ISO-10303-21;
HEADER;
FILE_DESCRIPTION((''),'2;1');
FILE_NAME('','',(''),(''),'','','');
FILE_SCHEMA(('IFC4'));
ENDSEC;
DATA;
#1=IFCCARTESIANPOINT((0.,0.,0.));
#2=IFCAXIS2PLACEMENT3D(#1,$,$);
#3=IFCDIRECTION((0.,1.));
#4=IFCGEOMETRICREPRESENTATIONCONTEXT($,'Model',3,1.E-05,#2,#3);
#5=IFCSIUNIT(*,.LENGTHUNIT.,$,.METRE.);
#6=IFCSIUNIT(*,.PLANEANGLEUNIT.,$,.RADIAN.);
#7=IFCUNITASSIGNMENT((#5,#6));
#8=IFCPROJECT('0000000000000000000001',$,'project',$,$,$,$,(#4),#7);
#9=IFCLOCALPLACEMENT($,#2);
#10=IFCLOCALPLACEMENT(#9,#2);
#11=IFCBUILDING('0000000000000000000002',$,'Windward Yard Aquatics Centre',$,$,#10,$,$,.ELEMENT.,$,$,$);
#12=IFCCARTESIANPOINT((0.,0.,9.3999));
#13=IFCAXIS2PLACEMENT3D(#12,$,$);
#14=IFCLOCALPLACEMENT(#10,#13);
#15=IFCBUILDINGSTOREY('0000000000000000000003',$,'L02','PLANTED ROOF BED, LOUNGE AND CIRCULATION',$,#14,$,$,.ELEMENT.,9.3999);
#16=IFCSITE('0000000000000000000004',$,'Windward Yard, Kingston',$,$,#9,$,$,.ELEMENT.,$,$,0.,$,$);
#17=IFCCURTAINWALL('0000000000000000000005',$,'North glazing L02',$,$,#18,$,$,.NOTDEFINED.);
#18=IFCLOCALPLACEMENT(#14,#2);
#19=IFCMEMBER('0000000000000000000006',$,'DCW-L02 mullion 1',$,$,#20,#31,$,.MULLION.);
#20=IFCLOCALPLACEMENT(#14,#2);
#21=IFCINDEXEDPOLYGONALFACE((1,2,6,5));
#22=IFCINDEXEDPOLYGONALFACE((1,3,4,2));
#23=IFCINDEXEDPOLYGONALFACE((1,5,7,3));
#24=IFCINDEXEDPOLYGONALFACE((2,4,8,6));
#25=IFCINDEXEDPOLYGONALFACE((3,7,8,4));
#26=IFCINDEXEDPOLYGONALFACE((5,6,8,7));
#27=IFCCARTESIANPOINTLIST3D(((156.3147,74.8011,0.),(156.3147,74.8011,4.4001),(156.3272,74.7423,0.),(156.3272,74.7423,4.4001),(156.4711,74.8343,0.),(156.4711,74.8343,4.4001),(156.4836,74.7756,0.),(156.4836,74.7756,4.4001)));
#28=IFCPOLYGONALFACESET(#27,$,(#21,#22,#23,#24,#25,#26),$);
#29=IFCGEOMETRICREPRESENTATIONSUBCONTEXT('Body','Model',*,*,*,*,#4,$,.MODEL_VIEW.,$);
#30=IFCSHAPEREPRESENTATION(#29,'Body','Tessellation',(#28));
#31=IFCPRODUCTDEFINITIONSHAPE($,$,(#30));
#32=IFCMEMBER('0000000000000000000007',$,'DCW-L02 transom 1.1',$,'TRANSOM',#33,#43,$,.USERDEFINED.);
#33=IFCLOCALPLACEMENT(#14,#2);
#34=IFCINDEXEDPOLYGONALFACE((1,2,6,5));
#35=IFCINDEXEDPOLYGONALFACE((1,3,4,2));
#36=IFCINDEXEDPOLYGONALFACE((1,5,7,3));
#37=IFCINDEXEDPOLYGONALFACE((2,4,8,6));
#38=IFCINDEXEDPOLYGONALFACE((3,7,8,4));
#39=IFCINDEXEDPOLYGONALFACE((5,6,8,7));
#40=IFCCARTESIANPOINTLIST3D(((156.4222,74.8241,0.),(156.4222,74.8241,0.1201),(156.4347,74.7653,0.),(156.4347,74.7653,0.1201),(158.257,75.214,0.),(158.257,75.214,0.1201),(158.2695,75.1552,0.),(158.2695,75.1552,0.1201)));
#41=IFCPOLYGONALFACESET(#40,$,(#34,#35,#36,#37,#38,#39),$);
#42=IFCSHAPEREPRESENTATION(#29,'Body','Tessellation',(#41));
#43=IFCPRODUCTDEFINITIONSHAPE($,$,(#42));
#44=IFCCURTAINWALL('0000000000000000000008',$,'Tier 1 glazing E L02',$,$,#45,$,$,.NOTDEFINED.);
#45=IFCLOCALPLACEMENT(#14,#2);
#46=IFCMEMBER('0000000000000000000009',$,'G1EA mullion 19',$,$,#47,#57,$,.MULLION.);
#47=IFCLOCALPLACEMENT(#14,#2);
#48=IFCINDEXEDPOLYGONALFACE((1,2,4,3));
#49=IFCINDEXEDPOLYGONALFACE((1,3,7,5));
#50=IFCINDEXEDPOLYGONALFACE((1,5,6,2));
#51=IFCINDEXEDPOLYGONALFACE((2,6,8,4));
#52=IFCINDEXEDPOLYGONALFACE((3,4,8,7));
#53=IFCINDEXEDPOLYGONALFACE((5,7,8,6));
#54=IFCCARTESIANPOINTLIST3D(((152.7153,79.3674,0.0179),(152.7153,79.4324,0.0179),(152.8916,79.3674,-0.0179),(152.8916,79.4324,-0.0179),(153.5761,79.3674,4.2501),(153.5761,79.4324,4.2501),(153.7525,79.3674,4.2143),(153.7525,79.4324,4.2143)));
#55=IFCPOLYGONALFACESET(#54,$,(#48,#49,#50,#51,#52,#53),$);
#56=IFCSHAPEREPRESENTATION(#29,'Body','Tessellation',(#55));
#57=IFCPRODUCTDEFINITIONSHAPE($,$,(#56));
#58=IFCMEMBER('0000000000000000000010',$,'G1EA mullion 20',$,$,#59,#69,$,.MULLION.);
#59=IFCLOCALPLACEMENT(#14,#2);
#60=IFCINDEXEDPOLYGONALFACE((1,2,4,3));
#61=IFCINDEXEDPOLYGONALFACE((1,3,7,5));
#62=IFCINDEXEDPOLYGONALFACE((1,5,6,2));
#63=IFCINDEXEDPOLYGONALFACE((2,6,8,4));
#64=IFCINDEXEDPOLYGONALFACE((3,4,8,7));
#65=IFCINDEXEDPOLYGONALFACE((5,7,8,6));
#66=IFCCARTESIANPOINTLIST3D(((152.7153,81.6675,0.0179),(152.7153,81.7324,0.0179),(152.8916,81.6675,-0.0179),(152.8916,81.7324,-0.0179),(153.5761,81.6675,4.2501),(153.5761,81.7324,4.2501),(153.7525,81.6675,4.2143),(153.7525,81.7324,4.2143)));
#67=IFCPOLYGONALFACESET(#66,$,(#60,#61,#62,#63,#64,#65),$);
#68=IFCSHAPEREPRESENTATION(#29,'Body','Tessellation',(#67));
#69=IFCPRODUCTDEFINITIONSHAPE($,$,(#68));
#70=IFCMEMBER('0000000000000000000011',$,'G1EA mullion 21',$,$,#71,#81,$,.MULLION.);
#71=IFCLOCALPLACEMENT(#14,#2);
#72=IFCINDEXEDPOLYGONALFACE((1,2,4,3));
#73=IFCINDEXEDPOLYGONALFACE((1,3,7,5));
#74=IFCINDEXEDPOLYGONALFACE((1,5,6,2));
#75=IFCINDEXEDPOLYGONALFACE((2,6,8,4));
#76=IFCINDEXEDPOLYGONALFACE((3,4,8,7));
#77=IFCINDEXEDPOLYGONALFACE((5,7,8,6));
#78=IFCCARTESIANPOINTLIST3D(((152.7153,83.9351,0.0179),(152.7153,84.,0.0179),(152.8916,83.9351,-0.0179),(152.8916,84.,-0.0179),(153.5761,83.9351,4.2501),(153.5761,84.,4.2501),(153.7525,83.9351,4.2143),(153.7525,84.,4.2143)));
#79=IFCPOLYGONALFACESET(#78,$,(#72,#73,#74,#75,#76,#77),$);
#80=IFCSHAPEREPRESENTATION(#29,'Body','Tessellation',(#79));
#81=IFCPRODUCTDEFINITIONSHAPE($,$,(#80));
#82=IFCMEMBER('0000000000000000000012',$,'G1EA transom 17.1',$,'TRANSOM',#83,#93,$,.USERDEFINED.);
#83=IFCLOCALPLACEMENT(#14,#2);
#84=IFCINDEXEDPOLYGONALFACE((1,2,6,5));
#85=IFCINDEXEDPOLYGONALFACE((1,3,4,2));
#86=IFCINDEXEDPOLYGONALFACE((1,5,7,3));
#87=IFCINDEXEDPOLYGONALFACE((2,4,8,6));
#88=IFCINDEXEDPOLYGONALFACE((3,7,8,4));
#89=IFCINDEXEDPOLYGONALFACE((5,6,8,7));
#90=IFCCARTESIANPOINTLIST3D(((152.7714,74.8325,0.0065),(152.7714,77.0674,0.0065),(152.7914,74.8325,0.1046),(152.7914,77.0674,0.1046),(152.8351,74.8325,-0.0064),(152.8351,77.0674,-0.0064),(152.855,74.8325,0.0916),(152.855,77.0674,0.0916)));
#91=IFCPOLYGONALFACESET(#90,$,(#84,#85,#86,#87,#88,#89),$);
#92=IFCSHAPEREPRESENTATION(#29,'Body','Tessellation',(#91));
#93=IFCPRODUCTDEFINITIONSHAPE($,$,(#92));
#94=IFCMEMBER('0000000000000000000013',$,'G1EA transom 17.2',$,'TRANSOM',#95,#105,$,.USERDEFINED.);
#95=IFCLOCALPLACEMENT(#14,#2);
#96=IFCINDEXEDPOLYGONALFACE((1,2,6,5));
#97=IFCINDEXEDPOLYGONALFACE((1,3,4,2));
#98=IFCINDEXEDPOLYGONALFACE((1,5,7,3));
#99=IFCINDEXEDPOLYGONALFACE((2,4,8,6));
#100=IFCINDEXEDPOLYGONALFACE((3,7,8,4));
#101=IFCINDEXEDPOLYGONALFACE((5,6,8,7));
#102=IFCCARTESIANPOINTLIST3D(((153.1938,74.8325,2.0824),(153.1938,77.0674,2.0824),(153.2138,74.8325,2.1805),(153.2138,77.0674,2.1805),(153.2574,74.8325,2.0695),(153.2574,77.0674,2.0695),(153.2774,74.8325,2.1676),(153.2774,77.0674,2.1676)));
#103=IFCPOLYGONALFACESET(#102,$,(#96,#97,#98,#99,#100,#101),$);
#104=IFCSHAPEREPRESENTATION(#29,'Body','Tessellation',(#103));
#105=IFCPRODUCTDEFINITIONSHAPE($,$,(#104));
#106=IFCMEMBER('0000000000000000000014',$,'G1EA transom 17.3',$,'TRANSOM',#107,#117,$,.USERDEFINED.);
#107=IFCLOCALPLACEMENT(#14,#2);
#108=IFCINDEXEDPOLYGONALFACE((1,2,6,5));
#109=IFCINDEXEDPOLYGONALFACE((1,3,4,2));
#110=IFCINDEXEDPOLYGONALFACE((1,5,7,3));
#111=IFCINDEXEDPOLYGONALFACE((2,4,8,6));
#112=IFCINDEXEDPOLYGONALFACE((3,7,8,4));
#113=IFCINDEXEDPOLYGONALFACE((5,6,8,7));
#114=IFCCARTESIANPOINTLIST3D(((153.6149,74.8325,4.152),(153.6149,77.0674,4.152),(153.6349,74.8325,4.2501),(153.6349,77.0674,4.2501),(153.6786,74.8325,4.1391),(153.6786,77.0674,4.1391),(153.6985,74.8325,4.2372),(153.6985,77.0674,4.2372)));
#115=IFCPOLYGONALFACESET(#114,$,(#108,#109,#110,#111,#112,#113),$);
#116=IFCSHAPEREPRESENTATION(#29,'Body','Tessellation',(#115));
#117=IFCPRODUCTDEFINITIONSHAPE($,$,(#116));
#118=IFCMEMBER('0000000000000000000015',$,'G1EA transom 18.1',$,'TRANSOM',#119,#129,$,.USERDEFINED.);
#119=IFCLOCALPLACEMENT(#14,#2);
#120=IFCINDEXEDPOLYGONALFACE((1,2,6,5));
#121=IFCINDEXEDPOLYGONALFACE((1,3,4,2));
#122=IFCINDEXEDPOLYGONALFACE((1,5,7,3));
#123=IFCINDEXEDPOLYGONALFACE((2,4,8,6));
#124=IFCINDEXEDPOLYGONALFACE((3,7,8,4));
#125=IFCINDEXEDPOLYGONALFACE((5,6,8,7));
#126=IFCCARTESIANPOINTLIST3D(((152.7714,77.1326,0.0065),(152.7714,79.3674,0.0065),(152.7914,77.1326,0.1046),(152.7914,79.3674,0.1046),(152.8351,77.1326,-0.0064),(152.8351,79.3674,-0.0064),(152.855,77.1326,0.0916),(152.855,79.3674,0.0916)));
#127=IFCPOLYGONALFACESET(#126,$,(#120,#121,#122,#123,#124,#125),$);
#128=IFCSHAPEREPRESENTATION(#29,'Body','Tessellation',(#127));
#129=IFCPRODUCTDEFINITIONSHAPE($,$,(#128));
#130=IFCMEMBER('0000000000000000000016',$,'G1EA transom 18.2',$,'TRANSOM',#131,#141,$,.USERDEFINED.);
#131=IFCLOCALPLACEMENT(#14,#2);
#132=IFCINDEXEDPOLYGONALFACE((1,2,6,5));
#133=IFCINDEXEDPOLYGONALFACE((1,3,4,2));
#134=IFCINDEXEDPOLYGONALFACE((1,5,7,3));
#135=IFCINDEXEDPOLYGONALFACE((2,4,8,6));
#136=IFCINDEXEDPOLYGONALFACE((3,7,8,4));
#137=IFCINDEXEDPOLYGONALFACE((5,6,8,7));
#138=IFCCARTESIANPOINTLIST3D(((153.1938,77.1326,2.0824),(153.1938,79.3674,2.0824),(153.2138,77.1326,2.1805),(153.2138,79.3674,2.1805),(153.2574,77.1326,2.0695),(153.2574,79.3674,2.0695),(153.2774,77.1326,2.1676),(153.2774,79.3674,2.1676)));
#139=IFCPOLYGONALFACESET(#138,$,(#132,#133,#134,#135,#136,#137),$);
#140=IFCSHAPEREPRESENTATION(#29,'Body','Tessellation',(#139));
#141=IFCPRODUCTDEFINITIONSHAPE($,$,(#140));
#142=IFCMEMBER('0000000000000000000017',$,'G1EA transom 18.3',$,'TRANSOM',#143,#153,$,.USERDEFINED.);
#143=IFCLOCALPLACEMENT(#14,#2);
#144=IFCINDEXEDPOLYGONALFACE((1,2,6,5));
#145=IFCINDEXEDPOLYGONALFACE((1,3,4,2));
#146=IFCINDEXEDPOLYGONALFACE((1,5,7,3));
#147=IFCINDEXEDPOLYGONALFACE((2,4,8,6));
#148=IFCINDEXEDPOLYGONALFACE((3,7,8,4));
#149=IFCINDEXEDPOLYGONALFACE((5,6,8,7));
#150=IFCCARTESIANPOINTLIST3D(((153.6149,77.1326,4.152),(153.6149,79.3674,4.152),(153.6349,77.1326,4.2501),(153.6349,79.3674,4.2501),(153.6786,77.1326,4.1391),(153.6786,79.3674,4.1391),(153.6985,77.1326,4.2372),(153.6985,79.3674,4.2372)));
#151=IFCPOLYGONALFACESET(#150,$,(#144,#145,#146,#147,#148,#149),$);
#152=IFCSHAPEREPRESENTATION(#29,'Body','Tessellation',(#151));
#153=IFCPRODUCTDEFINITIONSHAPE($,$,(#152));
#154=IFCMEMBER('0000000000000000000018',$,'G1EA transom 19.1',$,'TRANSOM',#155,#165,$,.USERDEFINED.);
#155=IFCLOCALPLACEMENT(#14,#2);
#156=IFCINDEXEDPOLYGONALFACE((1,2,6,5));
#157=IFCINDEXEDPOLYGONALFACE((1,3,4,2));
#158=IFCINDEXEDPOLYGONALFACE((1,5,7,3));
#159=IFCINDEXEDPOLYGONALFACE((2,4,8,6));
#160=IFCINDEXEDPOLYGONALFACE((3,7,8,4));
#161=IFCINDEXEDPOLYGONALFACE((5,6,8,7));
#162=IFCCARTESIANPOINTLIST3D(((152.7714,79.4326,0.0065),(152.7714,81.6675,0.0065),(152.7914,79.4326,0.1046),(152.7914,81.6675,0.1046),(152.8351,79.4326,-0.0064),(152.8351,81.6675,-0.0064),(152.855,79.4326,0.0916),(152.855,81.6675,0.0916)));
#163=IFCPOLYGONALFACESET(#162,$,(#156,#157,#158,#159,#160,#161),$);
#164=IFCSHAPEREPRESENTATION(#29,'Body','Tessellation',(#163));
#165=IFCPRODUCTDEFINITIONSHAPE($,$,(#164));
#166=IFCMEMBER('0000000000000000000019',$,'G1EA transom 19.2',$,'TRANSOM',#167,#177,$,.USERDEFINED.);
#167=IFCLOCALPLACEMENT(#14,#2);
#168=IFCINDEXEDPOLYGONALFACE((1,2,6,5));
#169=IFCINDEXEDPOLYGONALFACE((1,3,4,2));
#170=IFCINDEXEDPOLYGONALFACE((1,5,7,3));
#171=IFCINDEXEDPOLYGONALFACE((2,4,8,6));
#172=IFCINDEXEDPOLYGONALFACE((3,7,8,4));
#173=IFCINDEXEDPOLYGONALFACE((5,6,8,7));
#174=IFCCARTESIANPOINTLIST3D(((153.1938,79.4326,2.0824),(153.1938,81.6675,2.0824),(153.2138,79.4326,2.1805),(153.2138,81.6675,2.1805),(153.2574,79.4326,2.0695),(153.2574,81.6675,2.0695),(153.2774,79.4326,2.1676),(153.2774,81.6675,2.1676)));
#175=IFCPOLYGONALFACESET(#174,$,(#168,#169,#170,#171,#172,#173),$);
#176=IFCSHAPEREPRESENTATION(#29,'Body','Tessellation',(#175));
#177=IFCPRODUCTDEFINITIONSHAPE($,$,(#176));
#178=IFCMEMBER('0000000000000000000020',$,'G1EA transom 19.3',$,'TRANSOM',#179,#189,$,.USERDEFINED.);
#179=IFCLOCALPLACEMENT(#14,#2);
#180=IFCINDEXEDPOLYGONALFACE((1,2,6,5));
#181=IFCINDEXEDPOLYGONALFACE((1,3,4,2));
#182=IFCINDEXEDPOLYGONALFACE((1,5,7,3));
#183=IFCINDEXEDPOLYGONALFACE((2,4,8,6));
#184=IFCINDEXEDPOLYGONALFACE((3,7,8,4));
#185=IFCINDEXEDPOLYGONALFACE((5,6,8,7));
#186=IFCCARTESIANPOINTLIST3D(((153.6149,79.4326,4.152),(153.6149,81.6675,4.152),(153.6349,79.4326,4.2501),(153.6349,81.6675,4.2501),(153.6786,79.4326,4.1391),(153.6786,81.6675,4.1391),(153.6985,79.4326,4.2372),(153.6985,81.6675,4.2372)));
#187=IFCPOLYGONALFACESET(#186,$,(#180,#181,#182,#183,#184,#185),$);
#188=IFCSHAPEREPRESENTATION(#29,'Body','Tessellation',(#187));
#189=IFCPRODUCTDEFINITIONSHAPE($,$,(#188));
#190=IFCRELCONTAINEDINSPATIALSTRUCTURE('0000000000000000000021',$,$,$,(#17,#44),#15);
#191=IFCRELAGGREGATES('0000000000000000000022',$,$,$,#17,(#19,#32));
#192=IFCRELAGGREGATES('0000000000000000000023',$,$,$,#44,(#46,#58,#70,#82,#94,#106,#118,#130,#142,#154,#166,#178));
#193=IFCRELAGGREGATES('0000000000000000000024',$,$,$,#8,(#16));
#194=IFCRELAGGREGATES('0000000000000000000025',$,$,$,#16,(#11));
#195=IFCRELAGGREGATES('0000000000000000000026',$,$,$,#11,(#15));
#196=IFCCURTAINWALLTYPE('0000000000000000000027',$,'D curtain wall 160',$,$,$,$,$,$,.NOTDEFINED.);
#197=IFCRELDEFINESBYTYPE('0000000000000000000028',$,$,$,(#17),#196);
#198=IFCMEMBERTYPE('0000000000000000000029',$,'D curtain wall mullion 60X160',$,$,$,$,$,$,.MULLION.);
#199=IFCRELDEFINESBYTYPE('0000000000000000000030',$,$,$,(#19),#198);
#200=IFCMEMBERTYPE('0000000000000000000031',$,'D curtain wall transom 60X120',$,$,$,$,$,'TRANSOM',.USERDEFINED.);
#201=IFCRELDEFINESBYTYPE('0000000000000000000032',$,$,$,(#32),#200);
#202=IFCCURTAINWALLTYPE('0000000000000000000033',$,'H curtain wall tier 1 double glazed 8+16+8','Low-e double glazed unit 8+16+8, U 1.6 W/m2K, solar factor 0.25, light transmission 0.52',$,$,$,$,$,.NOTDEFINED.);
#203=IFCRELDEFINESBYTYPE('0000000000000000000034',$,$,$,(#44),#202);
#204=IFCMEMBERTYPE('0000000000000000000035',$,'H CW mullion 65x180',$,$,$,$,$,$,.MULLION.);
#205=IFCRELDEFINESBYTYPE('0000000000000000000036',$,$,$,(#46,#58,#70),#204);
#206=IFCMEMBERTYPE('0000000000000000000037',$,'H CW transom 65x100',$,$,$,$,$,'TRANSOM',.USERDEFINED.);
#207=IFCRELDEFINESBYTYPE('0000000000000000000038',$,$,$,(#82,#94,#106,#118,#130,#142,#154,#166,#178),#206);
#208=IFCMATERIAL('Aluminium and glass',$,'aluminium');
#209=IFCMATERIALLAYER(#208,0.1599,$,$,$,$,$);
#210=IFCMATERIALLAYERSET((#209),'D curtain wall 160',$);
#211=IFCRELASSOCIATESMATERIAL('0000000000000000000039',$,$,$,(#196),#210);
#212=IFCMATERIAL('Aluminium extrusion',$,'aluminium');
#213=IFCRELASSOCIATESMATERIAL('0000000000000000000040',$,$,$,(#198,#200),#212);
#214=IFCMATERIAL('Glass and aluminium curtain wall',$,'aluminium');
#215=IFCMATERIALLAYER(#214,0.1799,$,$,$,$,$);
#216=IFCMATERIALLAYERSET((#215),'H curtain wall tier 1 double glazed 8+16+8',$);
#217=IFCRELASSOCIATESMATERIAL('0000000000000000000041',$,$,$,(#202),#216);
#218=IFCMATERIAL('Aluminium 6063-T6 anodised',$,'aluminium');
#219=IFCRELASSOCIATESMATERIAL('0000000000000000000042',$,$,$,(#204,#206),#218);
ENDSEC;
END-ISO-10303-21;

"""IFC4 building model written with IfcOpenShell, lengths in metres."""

from ifc_helpers import new_model, si_unit, direction, frame, origin, origin_2d, place, context, subcontext, project, spatial, rectangle, extrude, material, layer, layer_set, material_profile, profile_set, type_object, element, aggregate, save


model = new_model("IFC4")

# Units and contexts
model_context = context("Model", 3, precision=1e-05, world=origin(), true_north=direction((0.0, 1.0)))
body_context = subcontext(model_context, "Body", "Model", "MODEL_VIEW")
ifc_project = project(units=[si_unit("LENGTHUNIT", "METRE"), si_unit("PLANEANGLEUNIT", "RADIAN")], contexts=[model_context])

# Site, building, storey
site_placement = place(None, origin())
site = spatial("IfcSite", under=ifc_project, at=site_placement, Name="Windward Yard, Kingston", CompositionType="ELEMENT", RefElevation=0.0)
building_placement = place(site_placement, origin())
building = spatial("IfcBuilding", under=site, at=building_placement, Name="Windward Yard Aquatics Centre", CompositionType="ELEMENT")
storey_placement = place(building_placement, frame((0.0, 0.0, 9.3999)))
storey = spatial("IfcBuildingStorey", under=building, at=storey_placement, Name="L02", Description="PLANTED ROOF BED, LOUNGE AND CIRCULATION", CompositionType="ELEMENT", Elevation=9.3999)

# Curtain wall, members
ifc_material_1 = material(Name="Aluminium and glass", Category="aluminium")
ifc_layer_1 = layer(ifc_material_1, 0.1599)
ifc_layer_set_1 = layer_set([ifc_layer_1], Name="D curtain wall 160")
curtain_wall_type_1 = type_object("IfcCurtainWallType", Name="D curtain wall 160", PredefinedType="NOTDEFINED", material=ifc_layer_set_1)
curtain_wall_1_placement = place(storey_placement, origin())
curtain_wall_1 = element("IfcCurtainWall", 1, at=curtain_wall_1_placement, inside=storey, type_object=curtain_wall_type_1, Name="North glazing L02", PredefinedType="NOTDEFINED")
ifc_material_2 = material(Name="Aluminium extrusion", Category="aluminium")
ifc_material_profile_1 = material_profile(ifc_material_2, rectangle(XDim=0.0601, YDim=0.1599, at=origin_2d()), Name="MULLION 60X160")
ifc_profile_set_1 = profile_set([ifc_material_profile_1], Name="Aluminium extrusion")
member_type_1 = type_object("IfcMemberType", Name="D curtain wall mullion 60X160", PredefinedType="MULLION", material=ifc_profile_set_1)
member_1_placement = place(storey_placement, frame((156.3992, 74.7883, 0.0), z_axis=(0.0, 0.0, 1.0), x_axis=(-0.207912, 0.978148, 0.0)))
member_1 = element("IfcMember", 2, at=member_1_placement, type_object=member_type_1, Name="DCW-L02 mullion 1", PredefinedType="MULLION", context=body_context, shape_type="SweptSolid", body=[
    extrude(rectangle(XDim=0.0601, YDim=0.1599, at=origin_2d()), origin(), (0.0, 0.0, 1.0), 4.4001),
])
ifc_material_profile_2 = material_profile(ifc_material_2, rectangle(XDim=0.0601, YDim=0.1201, at=origin_2d()), Name="TRANSOM 60X120")
ifc_profile_set_2 = profile_set([ifc_material_profile_2], Name="Aluminium extrusion")
member_type_2 = type_object("IfcMemberType", Name="D curtain wall transom 60X120", ElementType="TRANSOM", PredefinedType="USERDEFINED", material=ifc_profile_set_2)
member_2_placement = place(storey_placement, frame((156.4285, 74.7947, 0.0601), z_axis=(0.978157, 0.207867, 0.0), x_axis=(-0.207867, 0.978157, 0.0)))
member_2 = element("IfcMember", 3, at=member_2_placement, type_object=member_type_2, Name="DCW-L02 transom 1.1", ObjectType="TRANSOM", PredefinedType="USERDEFINED", context=body_context, shape_type="SweptSolid", body=[
    extrude(rectangle(XDim=0.0601, YDim=0.1201, at=origin_2d()), origin(), (0.0, 0.0, 1.0), 1.8757),
])
aggregate(curtain_wall_1, [member_1, member_2])

# Curtain wall, members
ifc_material_3 = material(Name="Glass and aluminium curtain wall", Category="aluminium")
ifc_layer_2 = layer(ifc_material_3, 0.1799)
ifc_layer_set_2 = layer_set([ifc_layer_2], Name="H curtain wall tier 1 double glazed 8+16+8")
curtain_wall_type_2 = type_object("IfcCurtainWallType", Name="H curtain wall tier 1 double glazed 8+16+8", Description="Low-e double glazed unit 8+16+8, U 1.6 W/m2K, solar factor 0.25, light transmission 0.52", PredefinedType="NOTDEFINED", material=ifc_layer_set_2)
curtain_wall_2_placement = place(storey_placement, origin())
curtain_wall_2 = element("IfcCurtainWall", 4, at=curtain_wall_2_placement, inside=storey, type_object=curtain_wall_type_2, Name="Tier 1 glazing E L02", PredefinedType="NOTDEFINED")
ifc_material_4 = material(Name="Aluminium 6063-T6 anodised", Category="aluminium")
ifc_material_profile_3 = material_profile(ifc_material_4, rectangle(XDim=0.0649, YDim=0.1799, at=origin_2d()), Name="H CW mullion 65x180")
ifc_profile_set_3 = profile_set([ifc_material_profile_3], Name="Aluminium 6063-T6 anodised")
member_type_3 = type_object("IfcMemberType", Name="H CW mullion 65x180", PredefinedType="MULLION", material=ifc_profile_set_3)
member_3_placement = place(storey_placement, frame((152.8035, 79.3999, 0.0), z_axis=(0.199322, 0.0, 0.979934), x_axis=(0.0, 1.0, 0.0)))
member_3 = element("IfcMember", 5, at=member_3_placement, type_object=member_type_3, Name="G1EA mullion 19", PredefinedType="MULLION", context=body_context, shape_type="SweptSolid", body=[
    extrude(rectangle(XDim=0.0649, YDim=0.1799, at=origin_2d()), origin(), (0.0, 0.0, 1.0), 4.3188),
])
member_4_placement = place(storey_placement, frame((152.8035, 81.7, 0.0), z_axis=(0.199322, 0.0, 0.979934), x_axis=(0.0, 1.0, 0.0)))
member_4 = element("IfcMember", 6, at=member_4_placement, type_object=member_type_3, Name="G1EA mullion 20", PredefinedType="MULLION", context=body_context, shape_type="SweptSolid", body=[
    extrude(rectangle(XDim=0.0649, YDim=0.1799, at=origin_2d()), origin(), (0.0, 0.0, 1.0), 4.3188),
])
member_5_placement = place(storey_placement, frame((152.8035, 83.9675, 0.0), z_axis=(0.199322, 0.0, 0.979934), x_axis=(0.0, 1.0, 0.0)))
member_5 = element("IfcMember", 7, at=member_5_placement, type_object=member_type_3, Name="G1EA mullion 21", PredefinedType="MULLION", context=body_context, shape_type="SweptSolid", body=[
    extrude(rectangle(XDim=0.0649, YDim=0.1799, at=origin_2d()), origin(), (0.0, 0.0, 1.0), 4.3188),
])
ifc_material_profile_4 = material_profile(ifc_material_4, rectangle(XDim=0.0649, YDim=0.1001, at=origin_2d()), Name="H CW transom 65x100")
ifc_profile_set_4 = profile_set([ifc_material_profile_4], Name="Aluminium 6063-T6 anodised")
member_type_4 = type_object("IfcMemberType", Name="H CW transom 65x100", ElementType="TRANSOM", PredefinedType="USERDEFINED", material=ifc_profile_set_4)
member_6_placement = place(storey_placement, frame((152.8132, 74.8325, 0.0491), z_axis=(0.0, 1.0, 0.0), x_axis=(-0.979925, 0.0, 0.199368)))
member_6 = element("IfcMember", 8, at=member_6_placement, type_object=member_type_4, Name="G1EA transom 17.1", ObjectType="TRANSOM", PredefinedType="USERDEFINED", context=body_context, shape_type="SweptSolid", body=[
    extrude(rectangle(XDim=0.0649, YDim=0.1001, at=origin_2d()), origin(), (0.0, 0.0, 1.0), 2.2349),
])
member_7_placement = place(storey_placement, frame((153.2356, 74.8325, 2.125), z_axis=(0.0, 1.0, 0.0), x_axis=(-0.979925, 0.0, 0.199368)))
member_7 = element("IfcMember", 9, at=member_7_placement, type_object=member_type_4, Name="G1EA transom 17.2", ObjectType="TRANSOM", PredefinedType="USERDEFINED", context=body_context, shape_type="SweptSolid", body=[
    extrude(rectangle(XDim=0.0649, YDim=0.1001, at=origin_2d()), origin(), (0.0, 0.0, 1.0), 2.2349),
])
member_8_placement = place(storey_placement, frame((153.6567, 74.8325, 4.1946), z_axis=(0.0, 1.0, 0.0), x_axis=(-0.979925, 0.0, 0.199368)))
member_8 = element("IfcMember", 10, at=member_8_placement, type_object=member_type_4, Name="G1EA transom 17.3", ObjectType="TRANSOM", PredefinedType="USERDEFINED", context=body_context, shape_type="SweptSolid", body=[
    extrude(rectangle(XDim=0.0649, YDim=0.1001, at=origin_2d()), origin(), (0.0, 0.0, 1.0), 2.2349),
])
member_9_placement = place(storey_placement, frame((152.8132, 77.1326, 0.0491), z_axis=(0.0, 1.0, 0.0), x_axis=(-0.979925, 0.0, 0.199368)))
member_9 = element("IfcMember", 11, at=member_9_placement, type_object=member_type_4, Name="G1EA transom 18.1", ObjectType="TRANSOM", PredefinedType="USERDEFINED", context=body_context, shape_type="SweptSolid", body=[
    extrude(rectangle(XDim=0.0649, YDim=0.1001, at=origin_2d()), origin(), (0.0, 0.0, 1.0), 2.2349),
])
member_10_placement = place(storey_placement, frame((153.2356, 77.1326, 2.125), z_axis=(0.0, 1.0, 0.0), x_axis=(-0.979925, 0.0, 0.199368)))
member_10 = element("IfcMember", 12, at=member_10_placement, type_object=member_type_4, Name="G1EA transom 18.2", ObjectType="TRANSOM", PredefinedType="USERDEFINED", context=body_context, shape_type="SweptSolid", body=[
    extrude(rectangle(XDim=0.0649, YDim=0.1001, at=origin_2d()), origin(), (0.0, 0.0, 1.0), 2.2349),
])
member_11_placement = place(storey_placement, frame((153.6567, 77.1326, 4.1946), z_axis=(0.0, 1.0, 0.0), x_axis=(-0.979925, 0.0, 0.199368)))
member_11 = element("IfcMember", 13, at=member_11_placement, type_object=member_type_4, Name="G1EA transom 18.3", ObjectType="TRANSOM", PredefinedType="USERDEFINED", context=body_context, shape_type="SweptSolid", body=[
    extrude(rectangle(XDim=0.0649, YDim=0.1001, at=origin_2d()), origin(), (0.0, 0.0, 1.0), 2.2349),
])
member_12_placement = place(storey_placement, frame((152.8132, 79.4326, 0.0491), z_axis=(0.0, 1.0, 0.0), x_axis=(-0.979925, 0.0, 0.199368)))
member_12 = element("IfcMember", 14, at=member_12_placement, type_object=member_type_4, Name="G1EA transom 19.1", ObjectType="TRANSOM", PredefinedType="USERDEFINED", context=body_context, shape_type="SweptSolid", body=[
    extrude(rectangle(XDim=0.0649, YDim=0.1001, at=origin_2d()), origin(), (0.0, 0.0, 1.0), 2.2349),
])
member_13_placement = place(storey_placement, frame((153.2356, 79.4326, 2.125), z_axis=(0.0, 1.0, 0.0), x_axis=(-0.979925, 0.0, 0.199368)))
member_13 = element("IfcMember", 15, at=member_13_placement, type_object=member_type_4, Name="G1EA transom 19.2", ObjectType="TRANSOM", PredefinedType="USERDEFINED", context=body_context, shape_type="SweptSolid", body=[
    extrude(rectangle(XDim=0.0649, YDim=0.1001, at=origin_2d()), origin(), (0.0, 0.0, 1.0), 2.2349),
])
member_14_placement = place(storey_placement, frame((153.6567, 79.4326, 4.1946), z_axis=(0.0, 1.0, 0.0), x_axis=(-0.979925, 0.0, 0.199368)))
member_14 = element("IfcMember", 16, at=member_14_placement, type_object=member_type_4, Name="G1EA transom 19.3", ObjectType="TRANSOM", PredefinedType="USERDEFINED", context=body_context, shape_type="SweptSolid", body=[
    extrude(rectangle(XDim=0.0649, YDim=0.1001, at=origin_2d()), origin(), (0.0, 0.0, 1.0), 2.2349),
])
aggregate(curtain_wall_2, [member_3, member_4, member_5, member_6, member_7, member_8, member_9, member_10, member_11, member_12, member_13, member_14])

save(model, "model.ifc")
